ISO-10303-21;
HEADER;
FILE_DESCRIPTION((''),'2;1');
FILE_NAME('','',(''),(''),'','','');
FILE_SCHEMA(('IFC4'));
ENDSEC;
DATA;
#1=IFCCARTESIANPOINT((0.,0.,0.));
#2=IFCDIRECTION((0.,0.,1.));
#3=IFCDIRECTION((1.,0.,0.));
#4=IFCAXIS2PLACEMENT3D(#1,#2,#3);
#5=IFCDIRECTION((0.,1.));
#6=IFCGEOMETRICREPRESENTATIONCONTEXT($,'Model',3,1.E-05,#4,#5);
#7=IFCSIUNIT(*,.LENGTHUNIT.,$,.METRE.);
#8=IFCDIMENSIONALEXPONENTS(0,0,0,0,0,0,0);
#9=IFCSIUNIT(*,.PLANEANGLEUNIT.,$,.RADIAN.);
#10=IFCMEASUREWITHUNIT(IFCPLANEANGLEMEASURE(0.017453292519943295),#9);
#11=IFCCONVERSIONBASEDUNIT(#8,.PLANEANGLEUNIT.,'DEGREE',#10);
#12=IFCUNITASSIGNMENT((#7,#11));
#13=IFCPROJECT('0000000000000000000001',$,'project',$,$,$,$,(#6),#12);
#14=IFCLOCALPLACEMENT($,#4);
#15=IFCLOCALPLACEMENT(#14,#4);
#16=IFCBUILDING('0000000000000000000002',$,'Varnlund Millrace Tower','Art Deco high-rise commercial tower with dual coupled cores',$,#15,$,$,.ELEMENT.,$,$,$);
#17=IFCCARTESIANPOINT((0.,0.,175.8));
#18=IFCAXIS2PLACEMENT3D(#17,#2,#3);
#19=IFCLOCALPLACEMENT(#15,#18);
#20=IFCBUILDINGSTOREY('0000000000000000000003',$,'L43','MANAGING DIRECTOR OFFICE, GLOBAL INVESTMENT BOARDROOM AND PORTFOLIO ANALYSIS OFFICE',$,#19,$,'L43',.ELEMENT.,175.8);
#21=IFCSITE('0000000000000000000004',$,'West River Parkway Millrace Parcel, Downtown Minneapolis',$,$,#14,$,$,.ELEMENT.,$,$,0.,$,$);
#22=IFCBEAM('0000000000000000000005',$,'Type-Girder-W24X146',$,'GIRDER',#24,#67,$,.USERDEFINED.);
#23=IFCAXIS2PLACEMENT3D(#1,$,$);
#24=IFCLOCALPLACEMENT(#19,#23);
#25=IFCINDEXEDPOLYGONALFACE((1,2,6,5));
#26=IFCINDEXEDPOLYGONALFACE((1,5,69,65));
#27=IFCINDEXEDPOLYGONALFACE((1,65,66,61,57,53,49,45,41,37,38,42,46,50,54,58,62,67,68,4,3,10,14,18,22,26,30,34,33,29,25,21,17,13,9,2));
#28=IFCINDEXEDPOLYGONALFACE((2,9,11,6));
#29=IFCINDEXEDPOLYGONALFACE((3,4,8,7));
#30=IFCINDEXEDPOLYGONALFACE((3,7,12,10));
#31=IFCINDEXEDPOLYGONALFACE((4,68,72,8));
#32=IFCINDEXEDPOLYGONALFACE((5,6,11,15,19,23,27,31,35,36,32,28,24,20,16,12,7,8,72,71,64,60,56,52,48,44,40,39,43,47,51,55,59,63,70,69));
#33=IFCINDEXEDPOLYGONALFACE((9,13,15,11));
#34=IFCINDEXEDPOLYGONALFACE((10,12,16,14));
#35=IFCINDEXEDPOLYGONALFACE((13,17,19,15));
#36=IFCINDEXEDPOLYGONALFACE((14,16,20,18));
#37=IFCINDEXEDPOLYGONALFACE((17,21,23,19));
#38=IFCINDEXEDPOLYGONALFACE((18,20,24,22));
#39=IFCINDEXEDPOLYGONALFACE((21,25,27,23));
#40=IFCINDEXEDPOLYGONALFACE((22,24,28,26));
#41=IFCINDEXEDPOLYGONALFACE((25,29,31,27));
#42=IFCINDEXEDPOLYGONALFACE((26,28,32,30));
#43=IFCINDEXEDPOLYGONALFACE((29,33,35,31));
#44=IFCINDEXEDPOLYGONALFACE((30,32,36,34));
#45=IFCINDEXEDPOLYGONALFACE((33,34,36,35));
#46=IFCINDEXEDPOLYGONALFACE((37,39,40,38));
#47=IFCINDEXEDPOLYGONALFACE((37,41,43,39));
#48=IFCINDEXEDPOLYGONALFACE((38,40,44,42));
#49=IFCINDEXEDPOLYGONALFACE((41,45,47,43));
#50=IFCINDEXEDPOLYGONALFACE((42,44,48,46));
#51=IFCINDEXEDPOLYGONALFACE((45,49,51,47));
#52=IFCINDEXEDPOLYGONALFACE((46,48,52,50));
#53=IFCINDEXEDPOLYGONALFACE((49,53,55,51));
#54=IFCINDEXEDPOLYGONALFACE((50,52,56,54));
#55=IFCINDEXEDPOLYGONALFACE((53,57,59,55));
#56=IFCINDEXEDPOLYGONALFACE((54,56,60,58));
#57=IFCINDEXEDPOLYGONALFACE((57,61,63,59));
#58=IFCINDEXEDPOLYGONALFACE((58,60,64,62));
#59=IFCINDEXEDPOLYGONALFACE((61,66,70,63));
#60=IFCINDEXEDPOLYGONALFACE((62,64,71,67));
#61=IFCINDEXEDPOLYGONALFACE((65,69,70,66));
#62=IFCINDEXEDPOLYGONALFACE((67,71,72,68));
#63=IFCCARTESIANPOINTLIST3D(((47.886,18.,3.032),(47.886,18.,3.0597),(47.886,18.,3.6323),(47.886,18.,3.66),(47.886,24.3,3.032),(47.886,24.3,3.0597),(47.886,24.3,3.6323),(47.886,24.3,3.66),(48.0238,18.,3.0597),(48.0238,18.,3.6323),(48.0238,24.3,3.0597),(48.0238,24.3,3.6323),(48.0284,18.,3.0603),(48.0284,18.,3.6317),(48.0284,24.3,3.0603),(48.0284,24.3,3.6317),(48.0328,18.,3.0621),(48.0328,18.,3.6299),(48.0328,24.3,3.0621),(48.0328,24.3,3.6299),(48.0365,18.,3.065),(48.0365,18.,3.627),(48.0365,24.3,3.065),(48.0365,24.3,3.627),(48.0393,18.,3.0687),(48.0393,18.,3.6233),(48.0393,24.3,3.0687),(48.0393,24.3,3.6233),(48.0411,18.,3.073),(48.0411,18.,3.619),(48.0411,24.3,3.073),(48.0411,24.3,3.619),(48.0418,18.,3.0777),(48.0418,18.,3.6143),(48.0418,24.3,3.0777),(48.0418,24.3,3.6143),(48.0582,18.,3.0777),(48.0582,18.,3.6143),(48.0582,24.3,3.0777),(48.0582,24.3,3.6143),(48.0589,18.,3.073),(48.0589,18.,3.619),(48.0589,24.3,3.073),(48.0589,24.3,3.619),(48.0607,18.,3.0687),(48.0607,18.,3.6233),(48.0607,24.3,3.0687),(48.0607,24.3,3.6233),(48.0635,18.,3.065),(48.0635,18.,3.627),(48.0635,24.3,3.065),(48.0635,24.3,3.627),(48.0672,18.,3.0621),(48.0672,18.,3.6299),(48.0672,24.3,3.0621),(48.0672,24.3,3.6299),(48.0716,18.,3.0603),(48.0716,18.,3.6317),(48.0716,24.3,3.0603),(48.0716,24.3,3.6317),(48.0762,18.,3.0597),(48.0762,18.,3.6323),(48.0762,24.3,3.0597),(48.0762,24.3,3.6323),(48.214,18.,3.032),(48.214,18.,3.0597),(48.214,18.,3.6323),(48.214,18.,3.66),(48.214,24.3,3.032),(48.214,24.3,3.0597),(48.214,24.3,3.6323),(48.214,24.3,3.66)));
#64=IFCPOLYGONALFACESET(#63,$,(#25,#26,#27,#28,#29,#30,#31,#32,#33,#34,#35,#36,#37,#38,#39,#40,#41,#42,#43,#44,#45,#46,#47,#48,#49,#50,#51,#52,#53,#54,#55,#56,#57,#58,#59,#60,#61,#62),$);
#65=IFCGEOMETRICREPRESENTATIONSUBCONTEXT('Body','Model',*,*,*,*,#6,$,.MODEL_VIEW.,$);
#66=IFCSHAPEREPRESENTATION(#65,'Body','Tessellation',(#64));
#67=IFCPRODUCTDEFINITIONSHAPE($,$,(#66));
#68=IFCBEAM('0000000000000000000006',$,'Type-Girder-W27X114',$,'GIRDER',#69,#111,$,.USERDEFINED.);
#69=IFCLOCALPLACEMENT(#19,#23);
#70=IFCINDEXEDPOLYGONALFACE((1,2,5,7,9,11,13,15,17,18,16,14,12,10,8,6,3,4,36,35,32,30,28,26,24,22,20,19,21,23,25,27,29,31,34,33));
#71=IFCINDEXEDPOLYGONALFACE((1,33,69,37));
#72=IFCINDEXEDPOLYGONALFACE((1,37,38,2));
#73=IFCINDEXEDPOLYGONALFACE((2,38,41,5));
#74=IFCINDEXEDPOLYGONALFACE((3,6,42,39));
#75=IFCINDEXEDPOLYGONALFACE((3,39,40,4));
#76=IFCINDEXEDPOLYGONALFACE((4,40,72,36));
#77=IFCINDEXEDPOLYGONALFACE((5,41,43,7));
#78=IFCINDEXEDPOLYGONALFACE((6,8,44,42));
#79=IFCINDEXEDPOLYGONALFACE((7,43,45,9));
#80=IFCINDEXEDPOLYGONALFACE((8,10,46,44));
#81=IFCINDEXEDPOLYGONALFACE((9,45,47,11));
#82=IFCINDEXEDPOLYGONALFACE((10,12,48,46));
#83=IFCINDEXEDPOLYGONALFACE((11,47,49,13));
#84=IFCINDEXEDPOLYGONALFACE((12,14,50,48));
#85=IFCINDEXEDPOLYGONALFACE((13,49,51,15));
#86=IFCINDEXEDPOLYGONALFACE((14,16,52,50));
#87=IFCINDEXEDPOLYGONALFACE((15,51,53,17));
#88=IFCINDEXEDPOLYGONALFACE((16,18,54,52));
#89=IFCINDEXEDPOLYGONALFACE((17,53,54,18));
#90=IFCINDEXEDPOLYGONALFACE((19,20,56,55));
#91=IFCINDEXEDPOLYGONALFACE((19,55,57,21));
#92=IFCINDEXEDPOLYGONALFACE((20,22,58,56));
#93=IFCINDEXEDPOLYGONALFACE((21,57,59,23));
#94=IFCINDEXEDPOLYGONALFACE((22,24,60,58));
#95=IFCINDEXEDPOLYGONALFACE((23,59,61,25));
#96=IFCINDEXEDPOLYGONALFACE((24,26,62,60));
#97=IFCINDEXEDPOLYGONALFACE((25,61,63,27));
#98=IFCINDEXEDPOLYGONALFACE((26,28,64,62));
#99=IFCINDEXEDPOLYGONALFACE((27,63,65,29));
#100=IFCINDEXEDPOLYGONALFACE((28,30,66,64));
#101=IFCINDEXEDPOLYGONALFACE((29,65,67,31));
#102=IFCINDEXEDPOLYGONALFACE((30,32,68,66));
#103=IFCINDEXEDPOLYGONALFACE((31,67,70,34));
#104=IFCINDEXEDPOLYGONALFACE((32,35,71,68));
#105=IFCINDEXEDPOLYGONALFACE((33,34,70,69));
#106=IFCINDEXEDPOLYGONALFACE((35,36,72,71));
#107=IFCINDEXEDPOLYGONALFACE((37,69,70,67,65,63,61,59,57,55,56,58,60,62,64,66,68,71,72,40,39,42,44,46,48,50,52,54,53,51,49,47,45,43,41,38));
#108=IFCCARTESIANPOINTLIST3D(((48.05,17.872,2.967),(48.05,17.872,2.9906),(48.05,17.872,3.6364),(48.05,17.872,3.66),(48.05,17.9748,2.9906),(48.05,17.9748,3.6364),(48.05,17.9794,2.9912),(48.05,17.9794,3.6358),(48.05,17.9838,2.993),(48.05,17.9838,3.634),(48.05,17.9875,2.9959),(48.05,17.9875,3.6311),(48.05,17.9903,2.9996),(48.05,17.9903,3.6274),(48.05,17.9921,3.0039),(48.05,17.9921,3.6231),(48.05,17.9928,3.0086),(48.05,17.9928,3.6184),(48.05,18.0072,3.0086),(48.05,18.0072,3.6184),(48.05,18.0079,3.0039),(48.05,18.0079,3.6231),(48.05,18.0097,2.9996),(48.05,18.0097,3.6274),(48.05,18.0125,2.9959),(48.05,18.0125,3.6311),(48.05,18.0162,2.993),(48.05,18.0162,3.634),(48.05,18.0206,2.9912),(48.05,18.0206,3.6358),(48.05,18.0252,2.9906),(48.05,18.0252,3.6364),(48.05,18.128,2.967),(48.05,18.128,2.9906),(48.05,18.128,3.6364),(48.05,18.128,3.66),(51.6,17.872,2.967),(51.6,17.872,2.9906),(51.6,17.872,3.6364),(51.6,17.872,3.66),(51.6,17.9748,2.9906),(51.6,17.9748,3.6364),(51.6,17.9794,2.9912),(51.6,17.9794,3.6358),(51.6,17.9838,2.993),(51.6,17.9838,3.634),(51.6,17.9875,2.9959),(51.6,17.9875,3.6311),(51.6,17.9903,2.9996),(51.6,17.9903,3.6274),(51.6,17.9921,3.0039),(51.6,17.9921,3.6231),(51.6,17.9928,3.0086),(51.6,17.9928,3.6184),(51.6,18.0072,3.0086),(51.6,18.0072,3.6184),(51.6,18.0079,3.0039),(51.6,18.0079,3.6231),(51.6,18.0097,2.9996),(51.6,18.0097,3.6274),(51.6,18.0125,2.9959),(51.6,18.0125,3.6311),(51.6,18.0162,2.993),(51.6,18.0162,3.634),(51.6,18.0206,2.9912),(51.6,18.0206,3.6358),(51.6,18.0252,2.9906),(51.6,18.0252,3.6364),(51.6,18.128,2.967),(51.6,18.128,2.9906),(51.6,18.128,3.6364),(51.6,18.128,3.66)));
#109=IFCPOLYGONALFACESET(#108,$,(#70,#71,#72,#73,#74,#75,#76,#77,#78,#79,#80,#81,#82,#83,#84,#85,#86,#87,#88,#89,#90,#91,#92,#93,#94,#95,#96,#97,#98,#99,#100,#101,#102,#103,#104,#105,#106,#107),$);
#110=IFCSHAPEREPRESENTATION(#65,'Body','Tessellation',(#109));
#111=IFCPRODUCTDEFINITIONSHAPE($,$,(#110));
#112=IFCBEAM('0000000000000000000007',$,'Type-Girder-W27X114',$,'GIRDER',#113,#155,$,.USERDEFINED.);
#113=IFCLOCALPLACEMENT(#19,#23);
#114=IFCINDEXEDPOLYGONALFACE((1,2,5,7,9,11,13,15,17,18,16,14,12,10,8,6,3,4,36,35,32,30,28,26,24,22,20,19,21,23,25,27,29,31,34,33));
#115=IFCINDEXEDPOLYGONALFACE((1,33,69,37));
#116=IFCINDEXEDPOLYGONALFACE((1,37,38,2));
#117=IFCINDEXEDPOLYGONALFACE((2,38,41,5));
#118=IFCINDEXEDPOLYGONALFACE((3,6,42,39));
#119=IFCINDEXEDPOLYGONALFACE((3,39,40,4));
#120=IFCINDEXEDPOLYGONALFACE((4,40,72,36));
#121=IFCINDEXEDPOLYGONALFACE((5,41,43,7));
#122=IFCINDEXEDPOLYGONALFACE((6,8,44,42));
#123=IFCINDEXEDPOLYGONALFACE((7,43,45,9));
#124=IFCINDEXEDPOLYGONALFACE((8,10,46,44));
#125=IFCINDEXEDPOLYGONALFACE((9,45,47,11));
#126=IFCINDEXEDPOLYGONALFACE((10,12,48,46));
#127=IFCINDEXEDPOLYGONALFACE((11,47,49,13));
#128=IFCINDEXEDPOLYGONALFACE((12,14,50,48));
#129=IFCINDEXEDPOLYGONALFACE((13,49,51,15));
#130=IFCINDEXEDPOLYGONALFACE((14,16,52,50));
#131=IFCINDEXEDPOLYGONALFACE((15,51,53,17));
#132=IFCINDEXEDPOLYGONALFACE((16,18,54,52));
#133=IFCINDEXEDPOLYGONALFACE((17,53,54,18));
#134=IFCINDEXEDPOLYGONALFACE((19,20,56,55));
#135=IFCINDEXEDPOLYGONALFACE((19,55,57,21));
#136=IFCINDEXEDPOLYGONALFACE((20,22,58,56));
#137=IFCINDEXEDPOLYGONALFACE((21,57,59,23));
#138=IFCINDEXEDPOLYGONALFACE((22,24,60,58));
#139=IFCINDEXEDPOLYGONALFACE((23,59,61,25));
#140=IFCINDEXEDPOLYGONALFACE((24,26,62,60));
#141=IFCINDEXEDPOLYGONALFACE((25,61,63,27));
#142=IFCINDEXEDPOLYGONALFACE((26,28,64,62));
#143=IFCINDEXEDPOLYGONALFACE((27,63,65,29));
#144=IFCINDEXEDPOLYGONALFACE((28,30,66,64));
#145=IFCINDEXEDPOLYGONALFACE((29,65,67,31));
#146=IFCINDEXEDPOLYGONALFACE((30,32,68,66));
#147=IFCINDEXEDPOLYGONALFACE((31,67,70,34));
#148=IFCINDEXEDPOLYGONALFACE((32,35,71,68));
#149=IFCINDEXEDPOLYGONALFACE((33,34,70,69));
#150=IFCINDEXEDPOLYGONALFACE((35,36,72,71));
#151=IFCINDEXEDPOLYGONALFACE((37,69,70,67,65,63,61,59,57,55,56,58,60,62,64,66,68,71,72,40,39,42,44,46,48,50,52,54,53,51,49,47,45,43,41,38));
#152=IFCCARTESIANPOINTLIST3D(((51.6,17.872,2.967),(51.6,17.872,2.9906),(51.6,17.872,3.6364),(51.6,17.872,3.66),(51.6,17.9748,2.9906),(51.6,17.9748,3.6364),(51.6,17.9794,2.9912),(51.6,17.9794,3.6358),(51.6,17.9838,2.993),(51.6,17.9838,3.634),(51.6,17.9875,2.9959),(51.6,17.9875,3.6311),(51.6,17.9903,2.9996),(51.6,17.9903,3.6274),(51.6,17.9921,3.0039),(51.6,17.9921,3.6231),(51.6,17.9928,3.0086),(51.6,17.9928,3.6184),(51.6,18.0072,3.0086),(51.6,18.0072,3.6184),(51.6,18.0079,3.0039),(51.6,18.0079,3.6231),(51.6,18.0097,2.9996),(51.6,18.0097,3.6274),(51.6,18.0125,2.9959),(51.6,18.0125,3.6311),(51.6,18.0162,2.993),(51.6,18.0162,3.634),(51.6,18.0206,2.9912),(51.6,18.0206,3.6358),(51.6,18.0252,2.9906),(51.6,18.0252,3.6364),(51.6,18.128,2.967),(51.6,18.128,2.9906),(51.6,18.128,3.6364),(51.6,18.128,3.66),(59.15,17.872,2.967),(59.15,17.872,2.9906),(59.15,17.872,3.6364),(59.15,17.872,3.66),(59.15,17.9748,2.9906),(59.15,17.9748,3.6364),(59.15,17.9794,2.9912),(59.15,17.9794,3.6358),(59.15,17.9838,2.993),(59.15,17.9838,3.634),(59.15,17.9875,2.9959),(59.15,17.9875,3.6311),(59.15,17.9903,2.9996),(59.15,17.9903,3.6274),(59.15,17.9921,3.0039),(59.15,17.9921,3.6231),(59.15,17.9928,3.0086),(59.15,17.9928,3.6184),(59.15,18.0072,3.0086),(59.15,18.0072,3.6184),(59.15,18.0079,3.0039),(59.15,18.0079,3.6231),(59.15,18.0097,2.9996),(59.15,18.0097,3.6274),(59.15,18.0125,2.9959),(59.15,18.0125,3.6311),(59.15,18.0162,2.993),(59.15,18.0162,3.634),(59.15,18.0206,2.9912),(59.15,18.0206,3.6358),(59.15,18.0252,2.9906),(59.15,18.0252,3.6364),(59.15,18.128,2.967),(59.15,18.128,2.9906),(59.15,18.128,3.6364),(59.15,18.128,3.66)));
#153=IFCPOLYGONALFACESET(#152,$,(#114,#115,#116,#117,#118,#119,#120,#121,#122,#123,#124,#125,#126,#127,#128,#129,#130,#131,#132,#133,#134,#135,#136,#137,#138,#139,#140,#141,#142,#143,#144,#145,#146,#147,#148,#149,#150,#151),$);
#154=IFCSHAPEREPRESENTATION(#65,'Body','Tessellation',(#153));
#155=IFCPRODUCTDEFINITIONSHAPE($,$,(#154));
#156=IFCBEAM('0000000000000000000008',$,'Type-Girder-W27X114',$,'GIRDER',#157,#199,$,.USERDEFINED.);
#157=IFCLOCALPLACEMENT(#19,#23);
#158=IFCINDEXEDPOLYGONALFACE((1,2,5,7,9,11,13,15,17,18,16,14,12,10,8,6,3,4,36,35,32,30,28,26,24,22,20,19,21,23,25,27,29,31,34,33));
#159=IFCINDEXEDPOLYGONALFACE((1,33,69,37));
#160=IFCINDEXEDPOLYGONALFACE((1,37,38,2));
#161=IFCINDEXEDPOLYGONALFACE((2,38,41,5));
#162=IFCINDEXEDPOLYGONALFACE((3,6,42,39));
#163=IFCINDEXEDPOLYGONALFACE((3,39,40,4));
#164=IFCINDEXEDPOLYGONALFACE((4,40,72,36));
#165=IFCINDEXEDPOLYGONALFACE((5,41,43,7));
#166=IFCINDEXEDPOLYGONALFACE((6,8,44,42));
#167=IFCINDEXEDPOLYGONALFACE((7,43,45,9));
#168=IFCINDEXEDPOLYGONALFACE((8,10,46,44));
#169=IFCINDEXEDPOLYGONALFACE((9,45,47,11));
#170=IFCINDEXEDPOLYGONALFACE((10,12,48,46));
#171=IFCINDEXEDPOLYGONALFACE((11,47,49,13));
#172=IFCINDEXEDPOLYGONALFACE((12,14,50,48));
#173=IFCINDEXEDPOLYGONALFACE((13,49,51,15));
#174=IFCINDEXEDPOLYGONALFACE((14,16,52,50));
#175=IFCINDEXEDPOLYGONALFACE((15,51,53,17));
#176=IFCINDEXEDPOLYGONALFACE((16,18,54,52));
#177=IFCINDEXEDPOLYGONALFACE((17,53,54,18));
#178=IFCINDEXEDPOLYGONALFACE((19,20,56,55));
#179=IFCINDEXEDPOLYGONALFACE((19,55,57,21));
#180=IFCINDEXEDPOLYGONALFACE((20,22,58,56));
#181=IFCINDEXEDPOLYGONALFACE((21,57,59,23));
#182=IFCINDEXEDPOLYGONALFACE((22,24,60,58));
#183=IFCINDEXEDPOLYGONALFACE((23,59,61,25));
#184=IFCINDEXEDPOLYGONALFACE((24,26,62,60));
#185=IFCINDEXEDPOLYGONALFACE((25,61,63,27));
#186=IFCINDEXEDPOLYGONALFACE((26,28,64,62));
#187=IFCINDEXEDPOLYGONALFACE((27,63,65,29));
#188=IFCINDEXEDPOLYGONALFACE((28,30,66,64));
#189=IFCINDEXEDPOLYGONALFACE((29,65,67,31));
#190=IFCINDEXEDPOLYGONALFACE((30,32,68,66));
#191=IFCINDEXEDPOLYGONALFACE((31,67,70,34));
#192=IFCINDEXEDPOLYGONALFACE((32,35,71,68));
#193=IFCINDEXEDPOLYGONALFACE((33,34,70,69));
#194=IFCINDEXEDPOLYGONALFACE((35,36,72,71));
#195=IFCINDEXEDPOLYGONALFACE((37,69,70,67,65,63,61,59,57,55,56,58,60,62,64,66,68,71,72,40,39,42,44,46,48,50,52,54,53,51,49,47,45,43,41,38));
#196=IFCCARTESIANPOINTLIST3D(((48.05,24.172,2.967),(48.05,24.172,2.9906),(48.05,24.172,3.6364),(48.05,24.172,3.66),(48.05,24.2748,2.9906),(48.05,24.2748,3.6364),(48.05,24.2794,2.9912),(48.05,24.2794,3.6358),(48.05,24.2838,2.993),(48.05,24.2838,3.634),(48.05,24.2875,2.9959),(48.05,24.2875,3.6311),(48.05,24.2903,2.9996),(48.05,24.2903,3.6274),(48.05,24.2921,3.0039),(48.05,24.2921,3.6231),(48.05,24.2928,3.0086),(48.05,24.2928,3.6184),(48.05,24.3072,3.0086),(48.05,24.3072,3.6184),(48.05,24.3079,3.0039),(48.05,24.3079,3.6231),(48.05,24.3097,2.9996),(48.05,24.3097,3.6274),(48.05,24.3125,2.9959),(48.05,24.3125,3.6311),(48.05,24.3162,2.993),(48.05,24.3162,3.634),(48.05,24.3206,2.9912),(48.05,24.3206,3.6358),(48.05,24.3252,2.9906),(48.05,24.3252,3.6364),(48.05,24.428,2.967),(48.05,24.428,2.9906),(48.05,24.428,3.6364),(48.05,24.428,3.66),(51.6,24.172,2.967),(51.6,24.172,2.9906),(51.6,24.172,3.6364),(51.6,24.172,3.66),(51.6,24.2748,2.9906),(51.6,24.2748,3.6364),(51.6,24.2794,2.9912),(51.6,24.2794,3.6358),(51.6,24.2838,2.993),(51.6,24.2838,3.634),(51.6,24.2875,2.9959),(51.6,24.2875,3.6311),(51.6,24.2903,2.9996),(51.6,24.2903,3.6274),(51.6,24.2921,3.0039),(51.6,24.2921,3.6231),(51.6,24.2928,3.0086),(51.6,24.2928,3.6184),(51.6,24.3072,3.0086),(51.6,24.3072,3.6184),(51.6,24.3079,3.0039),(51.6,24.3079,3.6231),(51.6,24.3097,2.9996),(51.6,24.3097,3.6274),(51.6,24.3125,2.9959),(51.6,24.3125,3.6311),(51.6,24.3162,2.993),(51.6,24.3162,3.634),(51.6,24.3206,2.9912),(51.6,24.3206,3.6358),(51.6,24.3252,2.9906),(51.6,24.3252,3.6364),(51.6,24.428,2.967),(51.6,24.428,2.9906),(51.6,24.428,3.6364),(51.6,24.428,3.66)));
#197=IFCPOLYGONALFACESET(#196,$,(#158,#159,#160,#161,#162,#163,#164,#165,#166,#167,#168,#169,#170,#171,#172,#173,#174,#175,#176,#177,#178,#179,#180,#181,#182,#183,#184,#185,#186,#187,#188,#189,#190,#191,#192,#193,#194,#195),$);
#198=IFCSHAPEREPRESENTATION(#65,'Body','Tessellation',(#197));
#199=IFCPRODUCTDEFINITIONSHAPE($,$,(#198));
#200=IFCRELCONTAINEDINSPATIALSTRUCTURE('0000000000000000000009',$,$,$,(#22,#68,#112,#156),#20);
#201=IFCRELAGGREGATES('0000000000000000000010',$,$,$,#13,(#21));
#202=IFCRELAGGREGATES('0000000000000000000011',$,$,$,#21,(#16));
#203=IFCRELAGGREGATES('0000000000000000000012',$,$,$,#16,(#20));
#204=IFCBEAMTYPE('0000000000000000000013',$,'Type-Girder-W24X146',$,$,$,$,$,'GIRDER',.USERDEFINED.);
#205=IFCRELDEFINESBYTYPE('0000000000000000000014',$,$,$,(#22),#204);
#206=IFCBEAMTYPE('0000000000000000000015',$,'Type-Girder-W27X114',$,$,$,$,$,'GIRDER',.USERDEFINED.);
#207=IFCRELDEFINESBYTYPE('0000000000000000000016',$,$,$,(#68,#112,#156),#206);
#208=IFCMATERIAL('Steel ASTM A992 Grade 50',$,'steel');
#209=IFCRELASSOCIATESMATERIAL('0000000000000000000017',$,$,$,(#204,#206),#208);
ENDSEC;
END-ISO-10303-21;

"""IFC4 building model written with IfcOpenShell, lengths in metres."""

from ifc_helpers import new_model, entity, si_unit, converted_unit, direction, frame, origin_with_axes, origin_2d_with_axis, place, context, subcontext, project, spatial, i_section, extrude, material, material_profile, profile_set, type_object, element, save


model = new_model("IFC4")

# Units and contexts
model_context = context("Model", 3, precision=1e-05, world=origin_with_axes(), true_north=direction((0.0, 1.0)))
body_context = subcontext(model_context, "Body", "Model", "MODEL_VIEW")
ifc_project = project(units=[si_unit("LENGTHUNIT", "METRE"), converted_unit("PLANEANGLEUNIT", "DEGREE", entity("IfcPlaneAngleMeasure", 0.017453292519943295), si_unit("PLANEANGLEUNIT", "RADIAN"), dimensions=[0, 0, 0, 0, 0, 0, 0])], contexts=[model_context])

# Site, building, storey
site_placement = place(None, origin_with_axes())
site = spatial("IfcSite", under=ifc_project, at=site_placement, Name="West River Parkway Millrace Parcel, Downtown Minneapolis", CompositionType="ELEMENT", RefElevation=0.0)
building_placement = place(site_placement, origin_with_axes())
building = spatial("IfcBuilding", under=site, at=building_placement, Name="Varnlund Millrace Tower", Description="Art Deco high-rise commercial tower with dual coupled cores", CompositionType="ELEMENT")
storey_placement = place(building_placement, frame((0.0, 0.0, 175.8), z_axis=(0.0, 0.0, 1.0), x_axis=(1.0, 0.0, 0.0)))
storey = spatial("IfcBuildingStorey", under=building, at=storey_placement, Name="L43", Description="MANAGING DIRECTOR OFFICE, GLOBAL INVESTMENT BOARDROOM AND PORTFOLIO ANALYSIS OFFICE", LongName="L43", CompositionType="ELEMENT", Elevation=175.8)

# Beams
ifc_material_1 = material(Name="Steel ASTM A992 Grade 50", Category="steel")
ifc_material_profile_1 = material_profile(ifc_material_1, i_section(OverallWidth=0.328, OverallDepth=0.628, WebThickness=0.0165, FlangeThickness=0.0277, FilletRadius=0.018, at=origin_2d_with_axis()), Name="Steel ASTM A992 Grade 50")
ifc_profile_set_1 = profile_set([ifc_material_profile_1], Name="Steel ASTM A992 Grade 50")
beam_type_1 = type_object("IfcBeamType", Name="Type-Girder-W24X146", ElementType="GIRDER", PredefinedType="USERDEFINED", material=ifc_profile_set_1)
beam_1_placement = place(storey_placement, frame((48.05, 18.0, 3.346), z_axis=(0.0, 1.0, 0.0), x_axis=(-1.0, 0.0, 0.0)))
element("IfcBeam", 1, at=beam_1_placement, inside=storey, type_object=beam_type_1, Name="Type-Girder-W24X146", ObjectType="GIRDER", PredefinedType="USERDEFINED", context=body_context, shape_type="SweptSolid", body=[
    extrude(i_section(OverallWidth=0.328, OverallDepth=0.628, WebThickness=0.0165, FlangeThickness=0.0277, FilletRadius=0.018, at=origin_2d_with_axis()), origin_with_axes(), (0.0, 0.0, 1.0), 6.3),
])
ifc_material_profile_2 = material_profile(ifc_material_1, i_section(OverallWidth=0.256, OverallDepth=0.693, WebThickness=0.0145, FlangeThickness=0.0236, FilletRadius=0.018, at=origin_2d_with_axis()), Name="Steel ASTM A992 Grade 50")
ifc_profile_set_2 = profile_set([ifc_material_profile_2], Name="Steel ASTM A992 Grade 50")
beam_type_2 = type_object("IfcBeamType", Name="Type-Girder-W27X114", ElementType="GIRDER", PredefinedType="USERDEFINED", material=ifc_profile_set_2)
beam_2_placement = place(storey_placement, frame((48.05, 18.0, 3.3135), z_axis=(1.0, 0.0, 0.0), x_axis=(0.0, 1.0, 0.0)))
element("IfcBeam", 2, at=beam_2_placement, inside=storey, type_object=beam_type_2, Name="Type-Girder-W27X114", ObjectType="GIRDER", PredefinedType="USERDEFINED", context=body_context, shape_type="SweptSolid", body=[
    extrude(i_section(OverallWidth=0.256, OverallDepth=0.693, WebThickness=0.0145, FlangeThickness=0.0236, FilletRadius=0.018, at=origin_2d_with_axis()), origin_with_axes(), (0.0, 0.0, 1.0), 3.55),
])
beam_3_placement = place(storey_placement, frame((51.6, 18.0, 3.3135), z_axis=(1.0, 0.0, 0.0), x_axis=(0.0, 1.0, 0.0)))
element("IfcBeam", 3, at=beam_3_placement, inside=storey, type_object=beam_type_2, Name="Type-Girder-W27X114", ObjectType="GIRDER", PredefinedType="USERDEFINED", context=body_context, shape_type="SweptSolid", body=[
    extrude(i_section(OverallWidth=0.256, OverallDepth=0.693, WebThickness=0.0145, FlangeThickness=0.0236, FilletRadius=0.018, at=origin_2d_with_axis()), origin_with_axes(), (0.0, 0.0, 1.0), 7.55),
])
beam_4_placement = place(storey_placement, frame((48.05, 24.3, 3.3135), z_axis=(1.0, 0.0, 0.0), x_axis=(0.0, 1.0, 0.0)))
element("IfcBeam", 4, at=beam_4_placement, inside=storey, type_object=beam_type_2, Name="Type-Girder-W27X114", ObjectType="GIRDER", PredefinedType="USERDEFINED", context=body_context, shape_type="SweptSolid", body=[
    extrude(i_section(OverallWidth=0.256, OverallDepth=0.693, WebThickness=0.0145, FlangeThickness=0.0236, FilletRadius=0.018, at=origin_2d_with_axis()), origin_with_axes(), (0.0, 0.0, 1.0), 3.55),
])

save(model, "model.ifc")
